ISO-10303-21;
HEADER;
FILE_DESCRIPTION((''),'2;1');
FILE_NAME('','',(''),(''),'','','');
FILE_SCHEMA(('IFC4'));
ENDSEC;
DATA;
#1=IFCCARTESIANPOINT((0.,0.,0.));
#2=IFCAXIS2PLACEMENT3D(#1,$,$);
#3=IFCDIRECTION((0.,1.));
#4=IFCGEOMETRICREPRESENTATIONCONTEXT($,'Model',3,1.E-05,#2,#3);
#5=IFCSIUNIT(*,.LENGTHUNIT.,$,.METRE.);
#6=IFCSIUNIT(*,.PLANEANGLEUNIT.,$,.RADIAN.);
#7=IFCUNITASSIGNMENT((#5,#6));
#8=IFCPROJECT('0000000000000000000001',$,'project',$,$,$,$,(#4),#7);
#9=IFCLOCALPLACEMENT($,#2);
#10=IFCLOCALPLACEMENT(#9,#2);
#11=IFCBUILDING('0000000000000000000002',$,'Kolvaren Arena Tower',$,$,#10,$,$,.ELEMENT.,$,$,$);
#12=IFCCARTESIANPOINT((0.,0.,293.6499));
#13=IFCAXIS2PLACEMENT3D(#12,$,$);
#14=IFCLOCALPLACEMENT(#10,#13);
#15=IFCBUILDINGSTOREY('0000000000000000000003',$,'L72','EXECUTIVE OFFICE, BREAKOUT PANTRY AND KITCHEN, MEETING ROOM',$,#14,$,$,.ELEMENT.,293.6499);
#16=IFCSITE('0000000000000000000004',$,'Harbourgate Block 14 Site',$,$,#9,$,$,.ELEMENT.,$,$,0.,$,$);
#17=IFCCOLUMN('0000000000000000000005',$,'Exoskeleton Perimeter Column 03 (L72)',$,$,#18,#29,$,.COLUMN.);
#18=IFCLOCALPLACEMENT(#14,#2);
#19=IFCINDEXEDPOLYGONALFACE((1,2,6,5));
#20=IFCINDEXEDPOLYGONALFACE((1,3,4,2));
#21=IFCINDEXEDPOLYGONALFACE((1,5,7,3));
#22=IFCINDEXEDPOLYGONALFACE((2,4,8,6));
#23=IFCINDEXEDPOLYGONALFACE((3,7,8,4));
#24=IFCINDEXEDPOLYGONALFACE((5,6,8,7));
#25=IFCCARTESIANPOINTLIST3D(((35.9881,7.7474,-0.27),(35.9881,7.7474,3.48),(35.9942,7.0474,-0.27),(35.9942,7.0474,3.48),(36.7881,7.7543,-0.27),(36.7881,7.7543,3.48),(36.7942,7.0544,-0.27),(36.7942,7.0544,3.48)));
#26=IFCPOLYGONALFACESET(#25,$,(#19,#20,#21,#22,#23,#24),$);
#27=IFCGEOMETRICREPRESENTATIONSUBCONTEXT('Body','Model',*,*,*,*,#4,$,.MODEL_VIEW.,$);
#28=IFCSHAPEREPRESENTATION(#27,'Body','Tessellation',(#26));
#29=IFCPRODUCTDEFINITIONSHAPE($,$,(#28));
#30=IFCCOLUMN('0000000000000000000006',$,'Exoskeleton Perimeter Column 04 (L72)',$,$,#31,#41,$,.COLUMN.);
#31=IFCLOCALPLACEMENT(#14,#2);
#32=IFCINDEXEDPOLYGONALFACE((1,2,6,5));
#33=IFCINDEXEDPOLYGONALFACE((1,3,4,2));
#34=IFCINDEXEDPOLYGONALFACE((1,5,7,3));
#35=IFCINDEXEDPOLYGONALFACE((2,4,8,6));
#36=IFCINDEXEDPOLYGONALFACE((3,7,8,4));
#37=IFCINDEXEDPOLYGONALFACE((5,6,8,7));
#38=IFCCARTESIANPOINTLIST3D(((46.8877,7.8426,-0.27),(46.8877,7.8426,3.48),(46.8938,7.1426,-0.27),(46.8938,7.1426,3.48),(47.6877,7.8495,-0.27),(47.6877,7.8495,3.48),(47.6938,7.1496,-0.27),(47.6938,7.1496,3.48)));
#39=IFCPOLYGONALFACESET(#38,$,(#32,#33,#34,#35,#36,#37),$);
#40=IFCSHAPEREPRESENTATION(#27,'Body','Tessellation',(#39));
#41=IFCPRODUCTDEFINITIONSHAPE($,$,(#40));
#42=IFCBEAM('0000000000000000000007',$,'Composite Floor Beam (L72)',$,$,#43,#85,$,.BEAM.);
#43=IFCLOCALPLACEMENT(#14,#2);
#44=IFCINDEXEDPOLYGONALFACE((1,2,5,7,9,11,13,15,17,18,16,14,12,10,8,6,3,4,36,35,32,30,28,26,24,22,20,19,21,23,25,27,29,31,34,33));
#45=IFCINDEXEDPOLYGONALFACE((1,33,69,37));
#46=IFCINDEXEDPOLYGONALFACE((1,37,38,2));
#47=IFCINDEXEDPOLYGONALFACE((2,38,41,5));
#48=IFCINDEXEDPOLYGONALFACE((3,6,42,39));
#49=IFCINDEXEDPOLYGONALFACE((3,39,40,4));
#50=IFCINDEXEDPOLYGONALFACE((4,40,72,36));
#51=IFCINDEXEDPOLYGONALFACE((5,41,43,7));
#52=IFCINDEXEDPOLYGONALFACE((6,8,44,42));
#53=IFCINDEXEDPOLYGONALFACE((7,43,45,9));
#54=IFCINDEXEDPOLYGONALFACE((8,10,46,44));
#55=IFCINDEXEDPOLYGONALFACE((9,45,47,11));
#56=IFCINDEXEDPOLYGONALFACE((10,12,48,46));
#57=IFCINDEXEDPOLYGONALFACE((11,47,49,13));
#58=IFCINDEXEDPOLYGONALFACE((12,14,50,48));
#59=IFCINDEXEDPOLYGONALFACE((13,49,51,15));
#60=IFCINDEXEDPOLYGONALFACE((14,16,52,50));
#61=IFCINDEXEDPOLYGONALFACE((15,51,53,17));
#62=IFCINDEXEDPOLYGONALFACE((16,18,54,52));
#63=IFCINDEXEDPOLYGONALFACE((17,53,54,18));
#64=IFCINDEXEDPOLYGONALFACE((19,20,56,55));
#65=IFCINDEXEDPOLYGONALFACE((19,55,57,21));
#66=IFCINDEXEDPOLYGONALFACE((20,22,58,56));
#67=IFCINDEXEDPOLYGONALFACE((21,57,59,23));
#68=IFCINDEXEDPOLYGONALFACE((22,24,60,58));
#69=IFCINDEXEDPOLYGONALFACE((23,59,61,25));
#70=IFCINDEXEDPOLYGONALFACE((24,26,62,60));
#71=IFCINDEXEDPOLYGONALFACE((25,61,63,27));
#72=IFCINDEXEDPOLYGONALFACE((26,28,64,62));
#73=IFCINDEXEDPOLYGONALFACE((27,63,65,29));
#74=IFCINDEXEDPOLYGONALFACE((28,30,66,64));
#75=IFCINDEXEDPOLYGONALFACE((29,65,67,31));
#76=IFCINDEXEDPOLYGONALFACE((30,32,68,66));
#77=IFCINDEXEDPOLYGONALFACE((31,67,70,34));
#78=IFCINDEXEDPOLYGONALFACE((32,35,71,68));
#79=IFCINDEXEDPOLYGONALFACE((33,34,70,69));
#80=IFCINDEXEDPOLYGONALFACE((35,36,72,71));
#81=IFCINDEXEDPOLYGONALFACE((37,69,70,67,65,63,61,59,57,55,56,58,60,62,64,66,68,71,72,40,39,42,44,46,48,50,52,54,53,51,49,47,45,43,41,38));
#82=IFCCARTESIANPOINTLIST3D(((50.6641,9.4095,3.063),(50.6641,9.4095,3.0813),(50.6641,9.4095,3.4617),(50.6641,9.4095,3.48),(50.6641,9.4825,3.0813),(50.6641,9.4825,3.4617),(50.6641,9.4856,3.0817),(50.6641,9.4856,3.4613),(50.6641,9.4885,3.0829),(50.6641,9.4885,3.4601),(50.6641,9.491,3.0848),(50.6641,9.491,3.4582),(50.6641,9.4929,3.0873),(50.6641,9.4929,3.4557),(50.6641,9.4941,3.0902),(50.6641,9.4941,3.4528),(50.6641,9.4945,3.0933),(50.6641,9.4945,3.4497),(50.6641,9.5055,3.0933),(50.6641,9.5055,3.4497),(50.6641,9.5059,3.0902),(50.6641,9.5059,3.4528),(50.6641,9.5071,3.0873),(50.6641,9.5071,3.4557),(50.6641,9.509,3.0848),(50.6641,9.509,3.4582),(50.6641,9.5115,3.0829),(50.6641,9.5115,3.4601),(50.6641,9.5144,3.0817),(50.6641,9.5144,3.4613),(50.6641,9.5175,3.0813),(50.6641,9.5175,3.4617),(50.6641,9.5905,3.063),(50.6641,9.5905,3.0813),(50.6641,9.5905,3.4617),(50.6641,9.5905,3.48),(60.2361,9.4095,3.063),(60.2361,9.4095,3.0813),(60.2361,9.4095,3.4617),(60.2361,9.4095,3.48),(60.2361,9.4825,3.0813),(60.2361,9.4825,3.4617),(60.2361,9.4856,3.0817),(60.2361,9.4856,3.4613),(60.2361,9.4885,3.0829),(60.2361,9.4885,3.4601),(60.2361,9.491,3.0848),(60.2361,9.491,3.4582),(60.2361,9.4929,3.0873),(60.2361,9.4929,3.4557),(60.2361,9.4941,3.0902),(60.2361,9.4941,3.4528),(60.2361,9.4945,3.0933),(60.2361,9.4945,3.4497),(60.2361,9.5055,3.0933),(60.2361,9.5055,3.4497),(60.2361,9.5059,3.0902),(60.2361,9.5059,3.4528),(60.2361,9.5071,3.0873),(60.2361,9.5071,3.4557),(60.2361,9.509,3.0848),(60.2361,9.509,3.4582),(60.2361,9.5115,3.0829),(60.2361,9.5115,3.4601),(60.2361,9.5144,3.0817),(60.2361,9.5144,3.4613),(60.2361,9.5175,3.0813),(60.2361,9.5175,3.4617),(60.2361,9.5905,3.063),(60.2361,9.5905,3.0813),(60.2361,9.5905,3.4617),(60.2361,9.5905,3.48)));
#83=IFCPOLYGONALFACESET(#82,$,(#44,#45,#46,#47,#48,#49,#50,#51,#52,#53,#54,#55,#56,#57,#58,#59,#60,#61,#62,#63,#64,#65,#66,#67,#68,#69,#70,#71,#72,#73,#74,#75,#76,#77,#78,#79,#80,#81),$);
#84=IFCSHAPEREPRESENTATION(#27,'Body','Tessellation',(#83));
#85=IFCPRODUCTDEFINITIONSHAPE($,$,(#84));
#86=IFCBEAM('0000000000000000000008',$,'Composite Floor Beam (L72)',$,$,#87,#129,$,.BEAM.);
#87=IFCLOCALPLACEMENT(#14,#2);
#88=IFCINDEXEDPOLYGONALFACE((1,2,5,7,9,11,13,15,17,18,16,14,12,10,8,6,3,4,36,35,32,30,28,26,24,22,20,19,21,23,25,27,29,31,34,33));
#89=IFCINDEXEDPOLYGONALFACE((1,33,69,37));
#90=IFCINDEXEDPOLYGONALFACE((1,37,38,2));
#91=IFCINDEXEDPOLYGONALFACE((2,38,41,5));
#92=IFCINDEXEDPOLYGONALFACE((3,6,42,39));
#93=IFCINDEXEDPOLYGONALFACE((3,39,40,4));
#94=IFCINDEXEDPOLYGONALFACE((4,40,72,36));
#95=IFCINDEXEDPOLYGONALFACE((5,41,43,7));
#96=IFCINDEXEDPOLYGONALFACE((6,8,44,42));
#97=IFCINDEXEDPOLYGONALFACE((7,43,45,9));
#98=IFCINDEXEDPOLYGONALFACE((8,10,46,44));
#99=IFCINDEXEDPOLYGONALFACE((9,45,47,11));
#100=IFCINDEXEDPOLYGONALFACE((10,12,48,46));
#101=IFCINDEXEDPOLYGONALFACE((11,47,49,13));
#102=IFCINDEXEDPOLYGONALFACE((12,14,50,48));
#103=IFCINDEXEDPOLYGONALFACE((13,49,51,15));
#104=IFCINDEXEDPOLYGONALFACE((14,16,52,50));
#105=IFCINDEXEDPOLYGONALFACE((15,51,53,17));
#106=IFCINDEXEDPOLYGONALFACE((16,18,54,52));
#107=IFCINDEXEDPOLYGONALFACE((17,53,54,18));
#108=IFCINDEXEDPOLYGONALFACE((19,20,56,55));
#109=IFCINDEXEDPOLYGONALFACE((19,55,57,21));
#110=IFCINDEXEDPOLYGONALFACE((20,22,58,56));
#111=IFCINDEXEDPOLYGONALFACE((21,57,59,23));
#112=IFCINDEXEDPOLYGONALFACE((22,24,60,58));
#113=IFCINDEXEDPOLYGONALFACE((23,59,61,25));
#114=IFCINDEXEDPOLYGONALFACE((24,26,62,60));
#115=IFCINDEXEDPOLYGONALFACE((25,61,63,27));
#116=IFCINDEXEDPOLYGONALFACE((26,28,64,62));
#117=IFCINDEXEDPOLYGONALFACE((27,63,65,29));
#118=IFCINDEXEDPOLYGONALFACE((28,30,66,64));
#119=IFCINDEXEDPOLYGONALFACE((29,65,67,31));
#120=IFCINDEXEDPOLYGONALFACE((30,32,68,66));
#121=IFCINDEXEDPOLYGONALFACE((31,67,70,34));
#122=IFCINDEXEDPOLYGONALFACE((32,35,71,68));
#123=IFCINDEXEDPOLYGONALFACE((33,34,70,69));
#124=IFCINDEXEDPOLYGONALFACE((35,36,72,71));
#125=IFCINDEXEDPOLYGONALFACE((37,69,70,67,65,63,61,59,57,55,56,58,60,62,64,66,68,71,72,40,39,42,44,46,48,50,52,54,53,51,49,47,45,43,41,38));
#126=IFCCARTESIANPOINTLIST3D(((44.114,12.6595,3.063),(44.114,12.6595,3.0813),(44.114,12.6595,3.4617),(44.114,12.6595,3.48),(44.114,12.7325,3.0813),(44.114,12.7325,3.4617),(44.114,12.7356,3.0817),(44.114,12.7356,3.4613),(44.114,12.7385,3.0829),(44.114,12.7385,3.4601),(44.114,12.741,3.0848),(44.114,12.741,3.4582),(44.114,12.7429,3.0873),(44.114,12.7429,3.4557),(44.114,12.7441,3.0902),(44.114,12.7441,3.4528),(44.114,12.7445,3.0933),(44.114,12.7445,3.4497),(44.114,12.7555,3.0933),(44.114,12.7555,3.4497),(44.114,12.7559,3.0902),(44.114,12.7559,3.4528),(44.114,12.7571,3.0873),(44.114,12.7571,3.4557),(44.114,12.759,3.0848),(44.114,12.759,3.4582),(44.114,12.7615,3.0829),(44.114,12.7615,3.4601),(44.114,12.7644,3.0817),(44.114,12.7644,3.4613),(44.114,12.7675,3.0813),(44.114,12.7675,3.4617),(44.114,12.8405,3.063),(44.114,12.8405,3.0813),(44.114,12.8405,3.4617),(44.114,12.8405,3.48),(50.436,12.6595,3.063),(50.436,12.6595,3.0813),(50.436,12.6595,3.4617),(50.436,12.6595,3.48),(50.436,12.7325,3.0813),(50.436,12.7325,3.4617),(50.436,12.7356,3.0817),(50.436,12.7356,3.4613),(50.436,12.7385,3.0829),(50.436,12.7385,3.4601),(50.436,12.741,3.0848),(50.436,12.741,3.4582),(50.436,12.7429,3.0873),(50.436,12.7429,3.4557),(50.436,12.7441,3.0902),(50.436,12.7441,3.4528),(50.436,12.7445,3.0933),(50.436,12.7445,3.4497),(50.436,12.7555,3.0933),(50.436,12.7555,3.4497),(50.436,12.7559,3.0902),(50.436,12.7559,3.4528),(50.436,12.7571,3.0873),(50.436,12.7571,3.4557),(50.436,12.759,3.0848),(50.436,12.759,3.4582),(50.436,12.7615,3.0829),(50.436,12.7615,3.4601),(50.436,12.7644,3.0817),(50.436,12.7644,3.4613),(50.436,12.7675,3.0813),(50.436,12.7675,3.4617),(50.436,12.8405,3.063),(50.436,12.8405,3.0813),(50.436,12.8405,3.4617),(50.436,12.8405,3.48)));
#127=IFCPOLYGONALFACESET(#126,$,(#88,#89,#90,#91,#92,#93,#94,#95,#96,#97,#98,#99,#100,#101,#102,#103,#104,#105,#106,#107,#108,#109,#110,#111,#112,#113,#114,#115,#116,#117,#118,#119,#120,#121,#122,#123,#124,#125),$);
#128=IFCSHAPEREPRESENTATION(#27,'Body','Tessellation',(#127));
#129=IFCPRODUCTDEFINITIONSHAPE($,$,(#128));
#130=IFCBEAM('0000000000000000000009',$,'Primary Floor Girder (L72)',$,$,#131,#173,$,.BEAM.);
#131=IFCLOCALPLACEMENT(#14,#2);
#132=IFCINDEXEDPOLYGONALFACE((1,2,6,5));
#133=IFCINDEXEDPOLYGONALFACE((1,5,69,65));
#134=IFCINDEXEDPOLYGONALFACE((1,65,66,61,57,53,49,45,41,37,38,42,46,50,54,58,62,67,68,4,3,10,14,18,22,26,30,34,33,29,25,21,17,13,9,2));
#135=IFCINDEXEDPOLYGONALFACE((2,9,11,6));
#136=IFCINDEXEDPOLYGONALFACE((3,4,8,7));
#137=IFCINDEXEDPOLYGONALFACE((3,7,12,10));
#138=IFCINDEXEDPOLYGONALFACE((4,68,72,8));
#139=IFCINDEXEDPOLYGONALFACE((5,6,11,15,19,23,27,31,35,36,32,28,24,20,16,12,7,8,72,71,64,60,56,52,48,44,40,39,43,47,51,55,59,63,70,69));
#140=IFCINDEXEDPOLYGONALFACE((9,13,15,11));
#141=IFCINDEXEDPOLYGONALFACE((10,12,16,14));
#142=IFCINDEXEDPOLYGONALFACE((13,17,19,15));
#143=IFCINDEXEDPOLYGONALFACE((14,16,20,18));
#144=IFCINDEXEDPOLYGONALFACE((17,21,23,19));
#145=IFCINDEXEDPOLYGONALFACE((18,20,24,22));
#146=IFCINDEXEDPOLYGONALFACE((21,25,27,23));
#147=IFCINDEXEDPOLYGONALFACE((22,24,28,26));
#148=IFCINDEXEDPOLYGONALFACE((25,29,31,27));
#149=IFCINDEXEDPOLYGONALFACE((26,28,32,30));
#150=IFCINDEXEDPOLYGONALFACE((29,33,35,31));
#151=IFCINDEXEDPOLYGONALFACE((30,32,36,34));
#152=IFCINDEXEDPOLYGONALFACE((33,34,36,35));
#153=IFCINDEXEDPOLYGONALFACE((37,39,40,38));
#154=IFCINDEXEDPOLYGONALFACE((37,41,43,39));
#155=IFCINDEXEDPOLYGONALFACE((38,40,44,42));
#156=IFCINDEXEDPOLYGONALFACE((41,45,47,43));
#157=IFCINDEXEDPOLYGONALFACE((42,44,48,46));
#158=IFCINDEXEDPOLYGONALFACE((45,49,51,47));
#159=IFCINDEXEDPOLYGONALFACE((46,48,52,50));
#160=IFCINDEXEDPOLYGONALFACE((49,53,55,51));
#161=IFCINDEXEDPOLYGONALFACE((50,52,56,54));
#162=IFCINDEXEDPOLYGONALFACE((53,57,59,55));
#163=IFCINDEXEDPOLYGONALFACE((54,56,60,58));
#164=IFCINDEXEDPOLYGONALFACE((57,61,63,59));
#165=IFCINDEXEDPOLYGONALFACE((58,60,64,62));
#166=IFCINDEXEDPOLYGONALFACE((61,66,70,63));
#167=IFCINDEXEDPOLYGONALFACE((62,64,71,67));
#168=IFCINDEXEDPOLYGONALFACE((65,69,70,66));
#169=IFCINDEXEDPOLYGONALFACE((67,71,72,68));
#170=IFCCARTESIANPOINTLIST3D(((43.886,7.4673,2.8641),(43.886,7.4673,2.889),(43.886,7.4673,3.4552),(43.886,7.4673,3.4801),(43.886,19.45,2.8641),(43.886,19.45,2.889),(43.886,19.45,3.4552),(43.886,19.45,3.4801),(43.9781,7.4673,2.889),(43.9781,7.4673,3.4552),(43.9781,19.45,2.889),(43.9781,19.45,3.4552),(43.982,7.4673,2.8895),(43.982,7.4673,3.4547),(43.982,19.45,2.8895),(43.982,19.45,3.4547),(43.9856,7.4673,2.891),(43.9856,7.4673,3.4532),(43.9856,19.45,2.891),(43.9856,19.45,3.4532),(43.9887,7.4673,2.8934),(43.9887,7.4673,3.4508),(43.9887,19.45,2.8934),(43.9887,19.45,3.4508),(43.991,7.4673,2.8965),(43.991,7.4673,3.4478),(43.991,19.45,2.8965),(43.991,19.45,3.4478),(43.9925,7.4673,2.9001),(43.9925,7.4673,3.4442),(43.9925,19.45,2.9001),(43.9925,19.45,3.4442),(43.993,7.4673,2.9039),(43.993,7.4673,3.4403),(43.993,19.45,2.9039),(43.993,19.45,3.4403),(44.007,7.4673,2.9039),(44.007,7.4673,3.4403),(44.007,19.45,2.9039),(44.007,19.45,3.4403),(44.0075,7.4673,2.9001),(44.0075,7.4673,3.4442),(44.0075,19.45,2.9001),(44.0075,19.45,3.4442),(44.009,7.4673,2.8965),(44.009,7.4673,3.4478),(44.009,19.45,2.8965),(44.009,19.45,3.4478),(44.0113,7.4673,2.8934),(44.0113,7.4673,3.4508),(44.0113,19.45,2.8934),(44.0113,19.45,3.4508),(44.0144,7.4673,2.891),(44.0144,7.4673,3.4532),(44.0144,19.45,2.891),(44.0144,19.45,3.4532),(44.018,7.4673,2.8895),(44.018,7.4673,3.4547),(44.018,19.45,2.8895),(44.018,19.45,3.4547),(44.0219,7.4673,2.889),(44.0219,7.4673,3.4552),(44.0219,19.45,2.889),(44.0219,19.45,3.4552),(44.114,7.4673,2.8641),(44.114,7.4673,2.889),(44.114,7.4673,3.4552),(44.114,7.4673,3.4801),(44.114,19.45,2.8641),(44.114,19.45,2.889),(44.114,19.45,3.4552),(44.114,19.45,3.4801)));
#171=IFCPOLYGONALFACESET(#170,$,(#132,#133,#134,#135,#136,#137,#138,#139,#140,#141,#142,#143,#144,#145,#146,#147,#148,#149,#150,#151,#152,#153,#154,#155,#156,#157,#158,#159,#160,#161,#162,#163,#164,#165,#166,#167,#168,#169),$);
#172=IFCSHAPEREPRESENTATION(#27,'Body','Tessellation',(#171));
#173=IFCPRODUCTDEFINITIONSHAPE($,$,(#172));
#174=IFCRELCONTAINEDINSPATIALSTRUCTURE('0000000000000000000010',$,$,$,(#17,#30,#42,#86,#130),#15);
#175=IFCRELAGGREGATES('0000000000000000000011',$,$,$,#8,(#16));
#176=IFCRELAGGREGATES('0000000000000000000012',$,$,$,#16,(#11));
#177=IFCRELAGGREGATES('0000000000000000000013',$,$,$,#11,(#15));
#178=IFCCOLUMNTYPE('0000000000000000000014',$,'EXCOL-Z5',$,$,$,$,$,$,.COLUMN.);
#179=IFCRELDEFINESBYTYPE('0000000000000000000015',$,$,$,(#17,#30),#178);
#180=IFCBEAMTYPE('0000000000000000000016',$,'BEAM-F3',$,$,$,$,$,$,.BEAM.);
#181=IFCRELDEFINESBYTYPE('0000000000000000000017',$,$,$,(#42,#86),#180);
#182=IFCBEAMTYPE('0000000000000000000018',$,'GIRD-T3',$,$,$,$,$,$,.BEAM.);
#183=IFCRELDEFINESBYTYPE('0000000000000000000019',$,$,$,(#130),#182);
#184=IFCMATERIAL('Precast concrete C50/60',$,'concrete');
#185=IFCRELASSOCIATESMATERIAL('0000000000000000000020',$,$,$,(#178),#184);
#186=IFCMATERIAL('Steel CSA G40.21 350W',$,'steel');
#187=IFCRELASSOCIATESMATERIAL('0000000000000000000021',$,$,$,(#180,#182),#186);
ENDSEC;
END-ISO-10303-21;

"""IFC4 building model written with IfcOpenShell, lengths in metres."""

from ifc_helpers import new_model, si_unit, direction, frame, origin, origin_2d, place, context, subcontext, project, spatial, rectangle, i_section, extrude, material, material_profile, profile_set, type_object, element, save


model = new_model("IFC4")

# Units and contexts
model_context = context("Model", 3, precision=1e-05, world=origin(), true_north=direction((0.0, 1.0)))
body_context = subcontext(model_context, "Body", "Model", "MODEL_VIEW")
ifc_project = project(units=[si_unit("LENGTHUNIT", "METRE"), si_unit("PLANEANGLEUNIT", "RADIAN")], contexts=[model_context])

# Site, building, storey
site_placement = place(None, origin())
site = spatial("IfcSite", under=ifc_project, at=site_placement, Name="Harbourgate Block 14 Site", CompositionType="ELEMENT", RefElevation=0.0)
building_placement = place(site_placement, origin())
building = spatial("IfcBuilding", under=site, at=building_placement, Name="Kolvaren Arena Tower", CompositionType="ELEMENT")
storey_placement = place(building_placement, frame((0.0, 0.0, 293.6499)))
storey = spatial("IfcBuildingStorey", under=building, at=storey_placement, Name="L72", Description="EXECUTIVE OFFICE, BREAKOUT PANTRY AND KITCHEN, MEETING ROOM", CompositionType="ELEMENT", Elevation=293.6499)

# Columns
ifc_material_1 = material(Name="Precast concrete C50/60", Category="concrete")
ifc_material_profile_1 = material_profile(ifc_material_1, rectangle(XDim=0.8, YDim=0.7, at=origin_2d()), Name="RC-800x700")
ifc_profile_set_1 = profile_set([ifc_material_profile_1], Name="Precast concrete C50/60")
column_type = type_object("IfcColumnType", Name="EXCOL-Z5", PredefinedType="COLUMN", material=ifc_profile_set_1)
for number, where, z_axis, x_axis, name in (
    (1, (36.3911, 7.4009, -0.27), (0.0, 0.0, 1.0), (0.999962, 0.008727, 0.0), "Exoskeleton Perimeter Column 03 (L72)"),
    (2, (47.2908, 7.4961, -0.27), (0.0, 0.0, 1.0), (0.999962, 0.008727, 0.0), "Exoskeleton Perimeter Column 04 (L72)"),
):
    element("IfcColumn", number, at=place(storey_placement, frame(where, z_axis=z_axis, x_axis=x_axis)), inside=storey, type_object=column_type, Name=name, PredefinedType="COLUMN", context=body_context, shape_type="SweptSolid", body=[
        extrude(rectangle(XDim=0.8, YDim=0.7, at=origin_2d()), origin(), (0.0, 0.0, 1.0), 3.75),
    ])

# Beams
ifc_material_2 = material(Name="Steel CSA G40.21 350W", Category="steel")
ifc_material_profile_2 = material_profile(ifc_material_2, i_section(OverallWidth=0.1809, OverallDepth=0.417, WebThickness=0.011, FlangeThickness=0.0183, FilletRadius=0.012, at=origin_2d()), Name="W410x85")
ifc_profile_set_2 = profile_set([ifc_material_profile_2], Name="Steel CSA G40.21 350W")
beam_type_1 = type_object("IfcBeamType", Name="BEAM-F3", PredefinedType="BEAM", material=ifc_profile_set_2)
beam_1_placement = place(storey_placement, frame((50.6641, 9.5, 3.2715), z_axis=(1.0, 0.0, 0.0), x_axis=(0.0, 1.0, 0.0)))
element("IfcBeam", 3, at=beam_1_placement, inside=storey, type_object=beam_type_1, Name="Composite Floor Beam (L72)", PredefinedType="BEAM", context=body_context, shape_type="SweptSolid", body=[
    extrude(i_section(OverallWidth=0.1809, OverallDepth=0.417, WebThickness=0.011, FlangeThickness=0.0183, FilletRadius=0.012, at=origin_2d()), origin(), (0.0, 0.0, 1.0), 9.572),
])
beam_2_placement = place(storey_placement, frame((44.114, 12.75, 3.2715), z_axis=(1.0, 0.0, 0.0), x_axis=(0.0, 1.0, 0.0)))
element("IfcBeam", 4, at=beam_2_placement, inside=storey, type_object=beam_type_1, Name="Composite Floor Beam (L72)", PredefinedType="BEAM", context=body_context, shape_type="SweptSolid", body=[
    extrude(i_section(OverallWidth=0.1809, OverallDepth=0.417, WebThickness=0.011, FlangeThickness=0.0183, FilletRadius=0.012, at=origin_2d()), origin(), (0.0, 0.0, 1.0), 6.322),
])
ifc_material_profile_3 = material_profile(ifc_material_2, i_section(OverallWidth=0.228, OverallDepth=0.616, WebThickness=0.0139, FlangeThickness=0.0249, FilletRadius=0.0149, at=origin_2d()), Name="W610x174")
ifc_profile_set_3 = profile_set([ifc_material_profile_3], Name="Steel CSA G40.21 350W")
beam_type_2 = type_object("IfcBeamType", Name="GIRD-T3", PredefinedType="BEAM", material=ifc_profile_set_3)
beam_3_placement = place(storey_placement, frame((44.0, 7.4673, 3.1721), z_axis=(0.0, 1.0, 0.0), x_axis=(-1.0, 0.0, 0.0)))
element("IfcBeam", 5, at=beam_3_placement, inside=storey, type_object=beam_type_2, Name="Primary Floor Girder (L72)", PredefinedType="BEAM", context=body_context, shape_type="SweptSolid", body=[
    extrude(i_section(OverallWidth=0.228, OverallDepth=0.616, WebThickness=0.0139, FlangeThickness=0.0249, FilletRadius=0.0149, at=origin_2d()), origin(), (0.0, 0.0, 1.0), 11.9827),
])

save(model, "model.ifc")
